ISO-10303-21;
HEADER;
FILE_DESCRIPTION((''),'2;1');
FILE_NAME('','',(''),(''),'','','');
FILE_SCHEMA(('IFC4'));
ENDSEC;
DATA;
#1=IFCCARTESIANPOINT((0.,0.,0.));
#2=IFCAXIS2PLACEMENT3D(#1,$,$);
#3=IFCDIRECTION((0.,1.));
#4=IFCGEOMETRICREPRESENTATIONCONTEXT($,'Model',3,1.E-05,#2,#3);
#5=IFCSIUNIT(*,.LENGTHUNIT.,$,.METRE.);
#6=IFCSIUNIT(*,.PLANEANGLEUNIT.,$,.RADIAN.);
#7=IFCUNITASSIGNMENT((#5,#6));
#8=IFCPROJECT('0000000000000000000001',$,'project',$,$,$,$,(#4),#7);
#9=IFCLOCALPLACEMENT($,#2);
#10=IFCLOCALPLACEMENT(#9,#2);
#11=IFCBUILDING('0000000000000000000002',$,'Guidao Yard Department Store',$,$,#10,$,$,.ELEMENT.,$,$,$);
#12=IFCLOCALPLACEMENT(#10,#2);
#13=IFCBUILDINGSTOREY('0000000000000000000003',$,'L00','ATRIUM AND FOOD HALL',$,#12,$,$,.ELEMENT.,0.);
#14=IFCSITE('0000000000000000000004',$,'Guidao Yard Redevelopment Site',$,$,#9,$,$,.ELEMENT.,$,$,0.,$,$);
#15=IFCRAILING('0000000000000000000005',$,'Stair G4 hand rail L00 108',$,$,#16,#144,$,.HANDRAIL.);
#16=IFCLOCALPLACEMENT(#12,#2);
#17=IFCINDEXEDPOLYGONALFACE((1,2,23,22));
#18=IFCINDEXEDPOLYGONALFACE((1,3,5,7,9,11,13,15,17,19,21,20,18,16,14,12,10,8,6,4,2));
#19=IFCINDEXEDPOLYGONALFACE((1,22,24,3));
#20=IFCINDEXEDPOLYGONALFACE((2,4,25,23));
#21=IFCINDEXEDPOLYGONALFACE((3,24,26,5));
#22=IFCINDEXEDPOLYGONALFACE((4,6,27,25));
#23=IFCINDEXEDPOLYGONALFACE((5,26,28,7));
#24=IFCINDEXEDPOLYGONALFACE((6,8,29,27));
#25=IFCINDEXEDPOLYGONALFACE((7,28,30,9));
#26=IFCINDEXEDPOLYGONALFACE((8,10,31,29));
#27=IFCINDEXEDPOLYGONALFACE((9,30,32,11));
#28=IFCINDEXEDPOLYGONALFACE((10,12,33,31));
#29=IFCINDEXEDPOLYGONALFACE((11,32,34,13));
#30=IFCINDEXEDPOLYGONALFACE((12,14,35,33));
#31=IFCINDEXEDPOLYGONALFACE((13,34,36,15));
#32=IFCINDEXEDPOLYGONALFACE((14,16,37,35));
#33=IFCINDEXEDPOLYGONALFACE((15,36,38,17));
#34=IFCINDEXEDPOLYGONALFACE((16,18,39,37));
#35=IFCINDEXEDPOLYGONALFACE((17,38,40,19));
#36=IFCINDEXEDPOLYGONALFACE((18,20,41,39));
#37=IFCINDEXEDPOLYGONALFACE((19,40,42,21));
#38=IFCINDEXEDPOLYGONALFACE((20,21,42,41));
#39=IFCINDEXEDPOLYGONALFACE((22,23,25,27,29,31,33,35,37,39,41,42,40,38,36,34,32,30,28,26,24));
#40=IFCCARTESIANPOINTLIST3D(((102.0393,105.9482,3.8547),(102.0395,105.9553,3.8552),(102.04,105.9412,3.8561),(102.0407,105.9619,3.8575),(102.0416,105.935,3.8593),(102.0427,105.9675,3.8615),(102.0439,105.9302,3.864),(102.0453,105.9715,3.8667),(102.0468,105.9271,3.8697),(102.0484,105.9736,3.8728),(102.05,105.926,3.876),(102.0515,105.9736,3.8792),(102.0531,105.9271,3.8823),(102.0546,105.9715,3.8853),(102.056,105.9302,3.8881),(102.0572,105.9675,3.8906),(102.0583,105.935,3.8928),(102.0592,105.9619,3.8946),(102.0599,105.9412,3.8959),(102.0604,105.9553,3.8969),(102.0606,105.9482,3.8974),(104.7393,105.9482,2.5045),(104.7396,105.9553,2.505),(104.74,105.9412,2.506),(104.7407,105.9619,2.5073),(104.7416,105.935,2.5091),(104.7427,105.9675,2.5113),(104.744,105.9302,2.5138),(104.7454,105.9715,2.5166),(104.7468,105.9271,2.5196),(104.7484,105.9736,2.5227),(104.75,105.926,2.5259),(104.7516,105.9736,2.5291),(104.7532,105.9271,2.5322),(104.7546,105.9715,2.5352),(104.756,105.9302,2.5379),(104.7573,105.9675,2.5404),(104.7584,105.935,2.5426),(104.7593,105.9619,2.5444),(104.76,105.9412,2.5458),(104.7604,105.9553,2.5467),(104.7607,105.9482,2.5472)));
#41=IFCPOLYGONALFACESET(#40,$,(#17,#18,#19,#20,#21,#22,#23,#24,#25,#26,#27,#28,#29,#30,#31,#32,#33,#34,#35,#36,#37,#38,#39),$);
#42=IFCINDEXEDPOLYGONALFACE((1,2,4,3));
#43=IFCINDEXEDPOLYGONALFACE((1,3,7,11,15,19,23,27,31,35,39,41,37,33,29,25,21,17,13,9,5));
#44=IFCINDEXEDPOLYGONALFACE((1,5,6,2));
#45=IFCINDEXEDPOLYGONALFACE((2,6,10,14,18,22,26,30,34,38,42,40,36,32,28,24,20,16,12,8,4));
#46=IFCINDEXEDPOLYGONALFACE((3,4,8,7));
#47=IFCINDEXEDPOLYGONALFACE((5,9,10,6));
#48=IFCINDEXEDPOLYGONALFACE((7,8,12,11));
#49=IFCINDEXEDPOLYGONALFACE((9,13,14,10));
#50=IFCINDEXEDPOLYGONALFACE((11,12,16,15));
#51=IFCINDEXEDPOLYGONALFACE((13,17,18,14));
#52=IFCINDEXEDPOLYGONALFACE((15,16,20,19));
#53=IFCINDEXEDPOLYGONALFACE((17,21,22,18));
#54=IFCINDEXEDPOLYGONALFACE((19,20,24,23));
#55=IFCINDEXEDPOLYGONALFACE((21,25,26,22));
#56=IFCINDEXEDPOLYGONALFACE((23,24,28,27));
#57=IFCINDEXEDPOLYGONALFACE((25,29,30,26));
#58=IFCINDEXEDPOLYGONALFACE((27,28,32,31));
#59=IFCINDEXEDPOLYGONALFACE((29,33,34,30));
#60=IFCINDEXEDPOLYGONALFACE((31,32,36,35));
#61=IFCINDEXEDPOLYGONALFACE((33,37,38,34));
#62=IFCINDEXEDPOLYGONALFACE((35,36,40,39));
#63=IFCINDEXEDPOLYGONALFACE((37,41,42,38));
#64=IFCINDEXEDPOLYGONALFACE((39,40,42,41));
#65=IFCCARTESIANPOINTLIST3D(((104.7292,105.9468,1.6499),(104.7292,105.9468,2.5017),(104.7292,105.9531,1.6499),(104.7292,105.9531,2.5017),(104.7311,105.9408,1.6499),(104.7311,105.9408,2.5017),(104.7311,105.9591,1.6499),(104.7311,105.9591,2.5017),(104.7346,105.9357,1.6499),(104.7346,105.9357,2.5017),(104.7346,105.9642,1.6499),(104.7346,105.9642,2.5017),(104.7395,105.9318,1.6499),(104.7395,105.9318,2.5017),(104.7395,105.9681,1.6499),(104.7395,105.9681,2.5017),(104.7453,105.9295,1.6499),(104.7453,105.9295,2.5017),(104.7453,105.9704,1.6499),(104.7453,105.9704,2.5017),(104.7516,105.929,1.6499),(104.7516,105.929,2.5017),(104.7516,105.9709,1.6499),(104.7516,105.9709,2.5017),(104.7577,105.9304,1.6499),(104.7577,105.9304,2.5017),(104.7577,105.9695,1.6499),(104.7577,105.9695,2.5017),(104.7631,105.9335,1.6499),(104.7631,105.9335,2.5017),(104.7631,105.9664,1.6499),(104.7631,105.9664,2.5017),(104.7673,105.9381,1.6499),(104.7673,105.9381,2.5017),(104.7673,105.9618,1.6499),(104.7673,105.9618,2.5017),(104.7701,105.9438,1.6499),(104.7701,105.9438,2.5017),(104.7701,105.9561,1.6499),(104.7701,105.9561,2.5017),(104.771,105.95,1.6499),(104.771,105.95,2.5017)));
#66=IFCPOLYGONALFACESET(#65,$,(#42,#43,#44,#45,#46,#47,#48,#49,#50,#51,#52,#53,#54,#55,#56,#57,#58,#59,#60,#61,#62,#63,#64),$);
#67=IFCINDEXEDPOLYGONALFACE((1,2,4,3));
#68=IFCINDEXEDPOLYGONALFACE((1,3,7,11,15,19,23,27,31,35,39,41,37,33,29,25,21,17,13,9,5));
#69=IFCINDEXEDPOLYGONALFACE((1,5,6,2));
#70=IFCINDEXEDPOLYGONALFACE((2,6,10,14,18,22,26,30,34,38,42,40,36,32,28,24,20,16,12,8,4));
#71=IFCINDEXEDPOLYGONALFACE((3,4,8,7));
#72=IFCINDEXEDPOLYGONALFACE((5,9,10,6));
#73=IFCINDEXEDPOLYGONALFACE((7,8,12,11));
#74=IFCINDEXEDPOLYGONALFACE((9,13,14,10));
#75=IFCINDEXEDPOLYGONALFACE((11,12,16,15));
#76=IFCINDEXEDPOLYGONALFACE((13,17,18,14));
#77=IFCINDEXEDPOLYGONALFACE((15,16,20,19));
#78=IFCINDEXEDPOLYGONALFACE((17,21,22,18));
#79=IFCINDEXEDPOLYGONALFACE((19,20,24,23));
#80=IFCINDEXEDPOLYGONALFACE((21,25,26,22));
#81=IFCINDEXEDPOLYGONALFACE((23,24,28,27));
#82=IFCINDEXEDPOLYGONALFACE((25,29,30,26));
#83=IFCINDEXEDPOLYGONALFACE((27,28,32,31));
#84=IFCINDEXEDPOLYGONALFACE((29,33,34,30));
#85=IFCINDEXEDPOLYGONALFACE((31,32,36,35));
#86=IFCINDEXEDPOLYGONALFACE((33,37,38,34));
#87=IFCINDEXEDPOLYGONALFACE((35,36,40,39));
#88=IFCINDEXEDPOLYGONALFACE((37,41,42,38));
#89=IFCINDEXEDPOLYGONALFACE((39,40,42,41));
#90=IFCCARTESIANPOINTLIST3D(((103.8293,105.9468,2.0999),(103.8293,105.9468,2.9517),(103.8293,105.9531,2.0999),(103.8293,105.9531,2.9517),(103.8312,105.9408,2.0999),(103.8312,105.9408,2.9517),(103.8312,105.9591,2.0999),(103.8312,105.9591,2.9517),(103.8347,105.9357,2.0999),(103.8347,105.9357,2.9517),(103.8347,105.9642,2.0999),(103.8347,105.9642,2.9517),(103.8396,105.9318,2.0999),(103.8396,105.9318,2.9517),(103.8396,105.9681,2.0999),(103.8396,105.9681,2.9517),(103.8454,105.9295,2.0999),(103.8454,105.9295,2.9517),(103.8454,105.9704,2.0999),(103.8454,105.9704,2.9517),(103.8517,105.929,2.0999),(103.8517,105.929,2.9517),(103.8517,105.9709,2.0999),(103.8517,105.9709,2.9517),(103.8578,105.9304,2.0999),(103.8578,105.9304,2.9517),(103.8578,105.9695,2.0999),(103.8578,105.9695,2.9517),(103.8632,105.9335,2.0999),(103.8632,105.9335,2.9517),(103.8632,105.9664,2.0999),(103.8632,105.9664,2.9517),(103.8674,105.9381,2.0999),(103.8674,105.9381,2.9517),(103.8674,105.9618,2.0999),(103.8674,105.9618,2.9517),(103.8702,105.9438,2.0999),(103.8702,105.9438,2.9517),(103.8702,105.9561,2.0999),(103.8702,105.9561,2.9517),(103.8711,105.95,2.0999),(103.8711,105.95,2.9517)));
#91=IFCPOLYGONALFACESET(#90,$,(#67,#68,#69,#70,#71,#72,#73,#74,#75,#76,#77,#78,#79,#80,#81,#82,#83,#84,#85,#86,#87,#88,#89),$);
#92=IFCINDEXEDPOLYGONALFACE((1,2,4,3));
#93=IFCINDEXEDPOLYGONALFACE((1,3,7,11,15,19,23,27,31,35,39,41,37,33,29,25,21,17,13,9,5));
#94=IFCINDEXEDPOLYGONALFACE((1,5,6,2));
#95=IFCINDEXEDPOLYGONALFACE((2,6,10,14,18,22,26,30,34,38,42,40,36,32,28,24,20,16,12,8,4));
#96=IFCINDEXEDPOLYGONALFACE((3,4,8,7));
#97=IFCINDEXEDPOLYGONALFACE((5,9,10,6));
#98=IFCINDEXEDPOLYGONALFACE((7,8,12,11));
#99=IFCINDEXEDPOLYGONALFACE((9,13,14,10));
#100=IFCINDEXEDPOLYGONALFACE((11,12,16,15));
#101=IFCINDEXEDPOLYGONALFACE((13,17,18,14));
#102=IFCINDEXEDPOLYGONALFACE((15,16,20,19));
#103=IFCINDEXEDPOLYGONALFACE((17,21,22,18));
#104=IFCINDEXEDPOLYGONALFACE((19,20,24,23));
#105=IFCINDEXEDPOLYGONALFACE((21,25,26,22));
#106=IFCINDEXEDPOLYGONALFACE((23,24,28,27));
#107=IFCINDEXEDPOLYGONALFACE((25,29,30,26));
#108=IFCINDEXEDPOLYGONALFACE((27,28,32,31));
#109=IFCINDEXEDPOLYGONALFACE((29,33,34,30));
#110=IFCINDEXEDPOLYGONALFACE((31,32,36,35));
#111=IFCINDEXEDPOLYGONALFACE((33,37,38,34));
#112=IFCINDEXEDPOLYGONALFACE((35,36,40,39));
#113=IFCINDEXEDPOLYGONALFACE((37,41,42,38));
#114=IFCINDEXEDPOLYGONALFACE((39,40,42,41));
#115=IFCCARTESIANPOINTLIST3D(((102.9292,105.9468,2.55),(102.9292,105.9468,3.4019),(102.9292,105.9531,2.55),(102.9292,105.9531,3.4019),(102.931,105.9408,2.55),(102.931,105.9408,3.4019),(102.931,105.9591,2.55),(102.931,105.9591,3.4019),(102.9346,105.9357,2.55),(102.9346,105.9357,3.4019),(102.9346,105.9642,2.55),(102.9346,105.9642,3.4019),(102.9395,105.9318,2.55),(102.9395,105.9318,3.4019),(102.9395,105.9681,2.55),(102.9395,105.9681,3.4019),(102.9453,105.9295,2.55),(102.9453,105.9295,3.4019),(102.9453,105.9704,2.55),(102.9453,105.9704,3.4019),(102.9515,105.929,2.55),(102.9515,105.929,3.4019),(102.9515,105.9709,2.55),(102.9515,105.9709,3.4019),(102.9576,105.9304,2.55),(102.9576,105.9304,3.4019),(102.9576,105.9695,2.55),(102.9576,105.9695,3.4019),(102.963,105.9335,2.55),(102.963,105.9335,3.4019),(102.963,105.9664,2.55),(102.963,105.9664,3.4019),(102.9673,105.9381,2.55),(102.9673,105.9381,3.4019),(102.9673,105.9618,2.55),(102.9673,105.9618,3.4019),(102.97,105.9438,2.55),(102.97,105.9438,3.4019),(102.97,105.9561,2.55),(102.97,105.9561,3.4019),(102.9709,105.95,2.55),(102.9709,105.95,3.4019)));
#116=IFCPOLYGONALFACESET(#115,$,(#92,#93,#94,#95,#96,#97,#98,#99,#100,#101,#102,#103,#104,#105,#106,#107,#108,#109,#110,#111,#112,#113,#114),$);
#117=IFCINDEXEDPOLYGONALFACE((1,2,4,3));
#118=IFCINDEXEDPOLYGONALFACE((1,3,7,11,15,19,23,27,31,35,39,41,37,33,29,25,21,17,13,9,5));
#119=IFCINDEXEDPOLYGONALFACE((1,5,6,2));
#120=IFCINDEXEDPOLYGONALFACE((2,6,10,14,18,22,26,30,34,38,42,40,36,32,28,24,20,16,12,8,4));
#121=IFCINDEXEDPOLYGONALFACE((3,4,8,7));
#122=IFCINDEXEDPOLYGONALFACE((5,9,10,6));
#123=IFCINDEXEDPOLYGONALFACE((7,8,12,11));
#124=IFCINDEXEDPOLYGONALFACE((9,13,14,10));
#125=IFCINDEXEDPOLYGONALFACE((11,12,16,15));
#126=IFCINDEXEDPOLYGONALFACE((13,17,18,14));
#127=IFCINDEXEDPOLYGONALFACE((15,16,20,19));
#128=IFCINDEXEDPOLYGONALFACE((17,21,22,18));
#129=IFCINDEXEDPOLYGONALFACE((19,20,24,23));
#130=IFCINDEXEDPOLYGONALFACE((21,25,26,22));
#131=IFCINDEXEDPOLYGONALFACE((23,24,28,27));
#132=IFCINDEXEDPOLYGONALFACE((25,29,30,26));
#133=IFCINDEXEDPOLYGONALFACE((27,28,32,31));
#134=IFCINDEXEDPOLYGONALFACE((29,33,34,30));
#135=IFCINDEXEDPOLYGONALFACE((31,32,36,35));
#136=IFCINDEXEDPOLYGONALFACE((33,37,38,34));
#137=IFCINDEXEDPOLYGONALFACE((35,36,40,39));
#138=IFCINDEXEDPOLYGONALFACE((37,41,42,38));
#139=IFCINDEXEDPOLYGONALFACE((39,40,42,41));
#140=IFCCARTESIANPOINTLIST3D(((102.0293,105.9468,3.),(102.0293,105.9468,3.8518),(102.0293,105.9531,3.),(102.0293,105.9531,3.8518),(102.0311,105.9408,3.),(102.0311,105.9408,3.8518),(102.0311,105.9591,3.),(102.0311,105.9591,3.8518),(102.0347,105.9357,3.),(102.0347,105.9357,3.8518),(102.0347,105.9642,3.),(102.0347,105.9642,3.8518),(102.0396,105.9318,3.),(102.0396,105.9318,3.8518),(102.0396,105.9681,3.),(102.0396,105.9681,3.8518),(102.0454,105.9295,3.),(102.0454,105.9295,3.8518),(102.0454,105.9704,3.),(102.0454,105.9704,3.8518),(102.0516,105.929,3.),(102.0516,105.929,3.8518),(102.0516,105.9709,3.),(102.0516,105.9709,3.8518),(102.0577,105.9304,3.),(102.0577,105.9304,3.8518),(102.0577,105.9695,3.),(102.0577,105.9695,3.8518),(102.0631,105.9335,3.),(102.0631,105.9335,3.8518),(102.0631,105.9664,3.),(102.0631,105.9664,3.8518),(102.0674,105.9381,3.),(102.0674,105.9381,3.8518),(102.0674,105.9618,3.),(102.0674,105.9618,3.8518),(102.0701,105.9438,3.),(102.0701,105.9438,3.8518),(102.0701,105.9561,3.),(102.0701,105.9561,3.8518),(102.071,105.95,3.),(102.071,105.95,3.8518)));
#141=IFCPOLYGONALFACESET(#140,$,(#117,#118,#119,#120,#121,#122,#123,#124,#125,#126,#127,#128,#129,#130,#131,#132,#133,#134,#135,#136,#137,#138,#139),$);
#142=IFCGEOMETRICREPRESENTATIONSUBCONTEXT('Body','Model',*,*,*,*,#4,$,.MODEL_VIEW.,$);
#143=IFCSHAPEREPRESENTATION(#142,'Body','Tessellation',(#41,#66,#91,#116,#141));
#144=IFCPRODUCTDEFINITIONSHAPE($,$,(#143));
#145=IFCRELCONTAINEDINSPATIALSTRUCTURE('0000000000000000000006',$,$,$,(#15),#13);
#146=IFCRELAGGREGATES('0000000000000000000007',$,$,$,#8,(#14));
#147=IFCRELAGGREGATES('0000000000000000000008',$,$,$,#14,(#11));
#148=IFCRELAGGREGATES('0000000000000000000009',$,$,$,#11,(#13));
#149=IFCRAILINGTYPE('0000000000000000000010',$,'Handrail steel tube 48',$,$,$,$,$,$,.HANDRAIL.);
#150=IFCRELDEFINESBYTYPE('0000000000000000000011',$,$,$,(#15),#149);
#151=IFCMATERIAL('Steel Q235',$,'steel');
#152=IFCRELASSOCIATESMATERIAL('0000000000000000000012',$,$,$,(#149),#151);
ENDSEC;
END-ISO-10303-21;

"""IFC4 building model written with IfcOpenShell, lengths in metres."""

from ifc_helpers import new_model, si_unit, direction, frame, origin, origin_2d, place, context, subcontext, project, spatial, circle, extrude, material, type_object, element, save


model = new_model("IFC4")

# Units and contexts
model_context = context("Model", 3, precision=1e-05, world=origin(), true_north=direction((0.0, 1.0)))
body_context = subcontext(model_context, "Body", "Model", "MODEL_VIEW")
ifc_project = project(units=[si_unit("LENGTHUNIT", "METRE"), si_unit("PLANEANGLEUNIT", "RADIAN")], contexts=[model_context])

# Site, building, storey
site_placement = place(None, origin())
site = spatial("IfcSite", under=ifc_project, at=site_placement, Name="Guidao Yard Redevelopment Site", CompositionType="ELEMENT", RefElevation=0.0)
building_placement = place(site_placement, origin())
building = spatial("IfcBuilding", under=site, at=building_placement, Name="Guidao Yard Department Store", CompositionType="ELEMENT")
storey_placement = place(building_placement, origin())
storey = spatial("IfcBuildingStorey", under=building, at=storey_placement, Name="L00", Description="ATRIUM AND FOOD HALL", CompositionType="ELEMENT", Elevation=0.0)

# Railing
ifc_material_1 = material(Name="Steel Q235", Category="steel")
railing_type = type_object("IfcRailingType", Name="Handrail steel tube 48", PredefinedType="HANDRAIL", material=ifc_material_1)
for number, where, name in (
    (1, (104.75, 105.95, 1.6499), "Stair G4 hand rail L00 108"),
):
    element("IfcRailing", number, at=place(storey_placement, frame(where)), inside=storey, type_object=railing_type, Name=name, PredefinedType="HANDRAIL", context=body_context, shape_type="SweptSolid", body=[
        extrude(circle(Radius=0.0239, at=origin_2d()), frame((0.0, 0.0, 0.876), z_axis=(-0.894411, 0.0, 0.447246), x_axis=(0.0, -1.0, 0.0)), (0.0, 0.0, 1.0), 3.0188),
        extrude(circle(Radius=0.021, at=origin_2d()), origin(), (0.0, 0.0, 1.0), 0.8518),
        extrude(circle(Radius=0.021, at=origin_2d()), frame((-0.8999, 0.0, 0.45)), (0.0, 0.0, 1.0), 0.8518),
        extrude(circle(Radius=0.021, at=origin_2d()), frame((-1.8, 0.0, 0.9001)), (0.0, 0.0, 1.0), 0.8518),
        extrude(circle(Radius=0.021, at=origin_2d()), frame((-2.7, 0.0, 1.3501)), (0.0, 0.0, 1.0), 0.8518),
    ])

save(model, "model.ifc")
